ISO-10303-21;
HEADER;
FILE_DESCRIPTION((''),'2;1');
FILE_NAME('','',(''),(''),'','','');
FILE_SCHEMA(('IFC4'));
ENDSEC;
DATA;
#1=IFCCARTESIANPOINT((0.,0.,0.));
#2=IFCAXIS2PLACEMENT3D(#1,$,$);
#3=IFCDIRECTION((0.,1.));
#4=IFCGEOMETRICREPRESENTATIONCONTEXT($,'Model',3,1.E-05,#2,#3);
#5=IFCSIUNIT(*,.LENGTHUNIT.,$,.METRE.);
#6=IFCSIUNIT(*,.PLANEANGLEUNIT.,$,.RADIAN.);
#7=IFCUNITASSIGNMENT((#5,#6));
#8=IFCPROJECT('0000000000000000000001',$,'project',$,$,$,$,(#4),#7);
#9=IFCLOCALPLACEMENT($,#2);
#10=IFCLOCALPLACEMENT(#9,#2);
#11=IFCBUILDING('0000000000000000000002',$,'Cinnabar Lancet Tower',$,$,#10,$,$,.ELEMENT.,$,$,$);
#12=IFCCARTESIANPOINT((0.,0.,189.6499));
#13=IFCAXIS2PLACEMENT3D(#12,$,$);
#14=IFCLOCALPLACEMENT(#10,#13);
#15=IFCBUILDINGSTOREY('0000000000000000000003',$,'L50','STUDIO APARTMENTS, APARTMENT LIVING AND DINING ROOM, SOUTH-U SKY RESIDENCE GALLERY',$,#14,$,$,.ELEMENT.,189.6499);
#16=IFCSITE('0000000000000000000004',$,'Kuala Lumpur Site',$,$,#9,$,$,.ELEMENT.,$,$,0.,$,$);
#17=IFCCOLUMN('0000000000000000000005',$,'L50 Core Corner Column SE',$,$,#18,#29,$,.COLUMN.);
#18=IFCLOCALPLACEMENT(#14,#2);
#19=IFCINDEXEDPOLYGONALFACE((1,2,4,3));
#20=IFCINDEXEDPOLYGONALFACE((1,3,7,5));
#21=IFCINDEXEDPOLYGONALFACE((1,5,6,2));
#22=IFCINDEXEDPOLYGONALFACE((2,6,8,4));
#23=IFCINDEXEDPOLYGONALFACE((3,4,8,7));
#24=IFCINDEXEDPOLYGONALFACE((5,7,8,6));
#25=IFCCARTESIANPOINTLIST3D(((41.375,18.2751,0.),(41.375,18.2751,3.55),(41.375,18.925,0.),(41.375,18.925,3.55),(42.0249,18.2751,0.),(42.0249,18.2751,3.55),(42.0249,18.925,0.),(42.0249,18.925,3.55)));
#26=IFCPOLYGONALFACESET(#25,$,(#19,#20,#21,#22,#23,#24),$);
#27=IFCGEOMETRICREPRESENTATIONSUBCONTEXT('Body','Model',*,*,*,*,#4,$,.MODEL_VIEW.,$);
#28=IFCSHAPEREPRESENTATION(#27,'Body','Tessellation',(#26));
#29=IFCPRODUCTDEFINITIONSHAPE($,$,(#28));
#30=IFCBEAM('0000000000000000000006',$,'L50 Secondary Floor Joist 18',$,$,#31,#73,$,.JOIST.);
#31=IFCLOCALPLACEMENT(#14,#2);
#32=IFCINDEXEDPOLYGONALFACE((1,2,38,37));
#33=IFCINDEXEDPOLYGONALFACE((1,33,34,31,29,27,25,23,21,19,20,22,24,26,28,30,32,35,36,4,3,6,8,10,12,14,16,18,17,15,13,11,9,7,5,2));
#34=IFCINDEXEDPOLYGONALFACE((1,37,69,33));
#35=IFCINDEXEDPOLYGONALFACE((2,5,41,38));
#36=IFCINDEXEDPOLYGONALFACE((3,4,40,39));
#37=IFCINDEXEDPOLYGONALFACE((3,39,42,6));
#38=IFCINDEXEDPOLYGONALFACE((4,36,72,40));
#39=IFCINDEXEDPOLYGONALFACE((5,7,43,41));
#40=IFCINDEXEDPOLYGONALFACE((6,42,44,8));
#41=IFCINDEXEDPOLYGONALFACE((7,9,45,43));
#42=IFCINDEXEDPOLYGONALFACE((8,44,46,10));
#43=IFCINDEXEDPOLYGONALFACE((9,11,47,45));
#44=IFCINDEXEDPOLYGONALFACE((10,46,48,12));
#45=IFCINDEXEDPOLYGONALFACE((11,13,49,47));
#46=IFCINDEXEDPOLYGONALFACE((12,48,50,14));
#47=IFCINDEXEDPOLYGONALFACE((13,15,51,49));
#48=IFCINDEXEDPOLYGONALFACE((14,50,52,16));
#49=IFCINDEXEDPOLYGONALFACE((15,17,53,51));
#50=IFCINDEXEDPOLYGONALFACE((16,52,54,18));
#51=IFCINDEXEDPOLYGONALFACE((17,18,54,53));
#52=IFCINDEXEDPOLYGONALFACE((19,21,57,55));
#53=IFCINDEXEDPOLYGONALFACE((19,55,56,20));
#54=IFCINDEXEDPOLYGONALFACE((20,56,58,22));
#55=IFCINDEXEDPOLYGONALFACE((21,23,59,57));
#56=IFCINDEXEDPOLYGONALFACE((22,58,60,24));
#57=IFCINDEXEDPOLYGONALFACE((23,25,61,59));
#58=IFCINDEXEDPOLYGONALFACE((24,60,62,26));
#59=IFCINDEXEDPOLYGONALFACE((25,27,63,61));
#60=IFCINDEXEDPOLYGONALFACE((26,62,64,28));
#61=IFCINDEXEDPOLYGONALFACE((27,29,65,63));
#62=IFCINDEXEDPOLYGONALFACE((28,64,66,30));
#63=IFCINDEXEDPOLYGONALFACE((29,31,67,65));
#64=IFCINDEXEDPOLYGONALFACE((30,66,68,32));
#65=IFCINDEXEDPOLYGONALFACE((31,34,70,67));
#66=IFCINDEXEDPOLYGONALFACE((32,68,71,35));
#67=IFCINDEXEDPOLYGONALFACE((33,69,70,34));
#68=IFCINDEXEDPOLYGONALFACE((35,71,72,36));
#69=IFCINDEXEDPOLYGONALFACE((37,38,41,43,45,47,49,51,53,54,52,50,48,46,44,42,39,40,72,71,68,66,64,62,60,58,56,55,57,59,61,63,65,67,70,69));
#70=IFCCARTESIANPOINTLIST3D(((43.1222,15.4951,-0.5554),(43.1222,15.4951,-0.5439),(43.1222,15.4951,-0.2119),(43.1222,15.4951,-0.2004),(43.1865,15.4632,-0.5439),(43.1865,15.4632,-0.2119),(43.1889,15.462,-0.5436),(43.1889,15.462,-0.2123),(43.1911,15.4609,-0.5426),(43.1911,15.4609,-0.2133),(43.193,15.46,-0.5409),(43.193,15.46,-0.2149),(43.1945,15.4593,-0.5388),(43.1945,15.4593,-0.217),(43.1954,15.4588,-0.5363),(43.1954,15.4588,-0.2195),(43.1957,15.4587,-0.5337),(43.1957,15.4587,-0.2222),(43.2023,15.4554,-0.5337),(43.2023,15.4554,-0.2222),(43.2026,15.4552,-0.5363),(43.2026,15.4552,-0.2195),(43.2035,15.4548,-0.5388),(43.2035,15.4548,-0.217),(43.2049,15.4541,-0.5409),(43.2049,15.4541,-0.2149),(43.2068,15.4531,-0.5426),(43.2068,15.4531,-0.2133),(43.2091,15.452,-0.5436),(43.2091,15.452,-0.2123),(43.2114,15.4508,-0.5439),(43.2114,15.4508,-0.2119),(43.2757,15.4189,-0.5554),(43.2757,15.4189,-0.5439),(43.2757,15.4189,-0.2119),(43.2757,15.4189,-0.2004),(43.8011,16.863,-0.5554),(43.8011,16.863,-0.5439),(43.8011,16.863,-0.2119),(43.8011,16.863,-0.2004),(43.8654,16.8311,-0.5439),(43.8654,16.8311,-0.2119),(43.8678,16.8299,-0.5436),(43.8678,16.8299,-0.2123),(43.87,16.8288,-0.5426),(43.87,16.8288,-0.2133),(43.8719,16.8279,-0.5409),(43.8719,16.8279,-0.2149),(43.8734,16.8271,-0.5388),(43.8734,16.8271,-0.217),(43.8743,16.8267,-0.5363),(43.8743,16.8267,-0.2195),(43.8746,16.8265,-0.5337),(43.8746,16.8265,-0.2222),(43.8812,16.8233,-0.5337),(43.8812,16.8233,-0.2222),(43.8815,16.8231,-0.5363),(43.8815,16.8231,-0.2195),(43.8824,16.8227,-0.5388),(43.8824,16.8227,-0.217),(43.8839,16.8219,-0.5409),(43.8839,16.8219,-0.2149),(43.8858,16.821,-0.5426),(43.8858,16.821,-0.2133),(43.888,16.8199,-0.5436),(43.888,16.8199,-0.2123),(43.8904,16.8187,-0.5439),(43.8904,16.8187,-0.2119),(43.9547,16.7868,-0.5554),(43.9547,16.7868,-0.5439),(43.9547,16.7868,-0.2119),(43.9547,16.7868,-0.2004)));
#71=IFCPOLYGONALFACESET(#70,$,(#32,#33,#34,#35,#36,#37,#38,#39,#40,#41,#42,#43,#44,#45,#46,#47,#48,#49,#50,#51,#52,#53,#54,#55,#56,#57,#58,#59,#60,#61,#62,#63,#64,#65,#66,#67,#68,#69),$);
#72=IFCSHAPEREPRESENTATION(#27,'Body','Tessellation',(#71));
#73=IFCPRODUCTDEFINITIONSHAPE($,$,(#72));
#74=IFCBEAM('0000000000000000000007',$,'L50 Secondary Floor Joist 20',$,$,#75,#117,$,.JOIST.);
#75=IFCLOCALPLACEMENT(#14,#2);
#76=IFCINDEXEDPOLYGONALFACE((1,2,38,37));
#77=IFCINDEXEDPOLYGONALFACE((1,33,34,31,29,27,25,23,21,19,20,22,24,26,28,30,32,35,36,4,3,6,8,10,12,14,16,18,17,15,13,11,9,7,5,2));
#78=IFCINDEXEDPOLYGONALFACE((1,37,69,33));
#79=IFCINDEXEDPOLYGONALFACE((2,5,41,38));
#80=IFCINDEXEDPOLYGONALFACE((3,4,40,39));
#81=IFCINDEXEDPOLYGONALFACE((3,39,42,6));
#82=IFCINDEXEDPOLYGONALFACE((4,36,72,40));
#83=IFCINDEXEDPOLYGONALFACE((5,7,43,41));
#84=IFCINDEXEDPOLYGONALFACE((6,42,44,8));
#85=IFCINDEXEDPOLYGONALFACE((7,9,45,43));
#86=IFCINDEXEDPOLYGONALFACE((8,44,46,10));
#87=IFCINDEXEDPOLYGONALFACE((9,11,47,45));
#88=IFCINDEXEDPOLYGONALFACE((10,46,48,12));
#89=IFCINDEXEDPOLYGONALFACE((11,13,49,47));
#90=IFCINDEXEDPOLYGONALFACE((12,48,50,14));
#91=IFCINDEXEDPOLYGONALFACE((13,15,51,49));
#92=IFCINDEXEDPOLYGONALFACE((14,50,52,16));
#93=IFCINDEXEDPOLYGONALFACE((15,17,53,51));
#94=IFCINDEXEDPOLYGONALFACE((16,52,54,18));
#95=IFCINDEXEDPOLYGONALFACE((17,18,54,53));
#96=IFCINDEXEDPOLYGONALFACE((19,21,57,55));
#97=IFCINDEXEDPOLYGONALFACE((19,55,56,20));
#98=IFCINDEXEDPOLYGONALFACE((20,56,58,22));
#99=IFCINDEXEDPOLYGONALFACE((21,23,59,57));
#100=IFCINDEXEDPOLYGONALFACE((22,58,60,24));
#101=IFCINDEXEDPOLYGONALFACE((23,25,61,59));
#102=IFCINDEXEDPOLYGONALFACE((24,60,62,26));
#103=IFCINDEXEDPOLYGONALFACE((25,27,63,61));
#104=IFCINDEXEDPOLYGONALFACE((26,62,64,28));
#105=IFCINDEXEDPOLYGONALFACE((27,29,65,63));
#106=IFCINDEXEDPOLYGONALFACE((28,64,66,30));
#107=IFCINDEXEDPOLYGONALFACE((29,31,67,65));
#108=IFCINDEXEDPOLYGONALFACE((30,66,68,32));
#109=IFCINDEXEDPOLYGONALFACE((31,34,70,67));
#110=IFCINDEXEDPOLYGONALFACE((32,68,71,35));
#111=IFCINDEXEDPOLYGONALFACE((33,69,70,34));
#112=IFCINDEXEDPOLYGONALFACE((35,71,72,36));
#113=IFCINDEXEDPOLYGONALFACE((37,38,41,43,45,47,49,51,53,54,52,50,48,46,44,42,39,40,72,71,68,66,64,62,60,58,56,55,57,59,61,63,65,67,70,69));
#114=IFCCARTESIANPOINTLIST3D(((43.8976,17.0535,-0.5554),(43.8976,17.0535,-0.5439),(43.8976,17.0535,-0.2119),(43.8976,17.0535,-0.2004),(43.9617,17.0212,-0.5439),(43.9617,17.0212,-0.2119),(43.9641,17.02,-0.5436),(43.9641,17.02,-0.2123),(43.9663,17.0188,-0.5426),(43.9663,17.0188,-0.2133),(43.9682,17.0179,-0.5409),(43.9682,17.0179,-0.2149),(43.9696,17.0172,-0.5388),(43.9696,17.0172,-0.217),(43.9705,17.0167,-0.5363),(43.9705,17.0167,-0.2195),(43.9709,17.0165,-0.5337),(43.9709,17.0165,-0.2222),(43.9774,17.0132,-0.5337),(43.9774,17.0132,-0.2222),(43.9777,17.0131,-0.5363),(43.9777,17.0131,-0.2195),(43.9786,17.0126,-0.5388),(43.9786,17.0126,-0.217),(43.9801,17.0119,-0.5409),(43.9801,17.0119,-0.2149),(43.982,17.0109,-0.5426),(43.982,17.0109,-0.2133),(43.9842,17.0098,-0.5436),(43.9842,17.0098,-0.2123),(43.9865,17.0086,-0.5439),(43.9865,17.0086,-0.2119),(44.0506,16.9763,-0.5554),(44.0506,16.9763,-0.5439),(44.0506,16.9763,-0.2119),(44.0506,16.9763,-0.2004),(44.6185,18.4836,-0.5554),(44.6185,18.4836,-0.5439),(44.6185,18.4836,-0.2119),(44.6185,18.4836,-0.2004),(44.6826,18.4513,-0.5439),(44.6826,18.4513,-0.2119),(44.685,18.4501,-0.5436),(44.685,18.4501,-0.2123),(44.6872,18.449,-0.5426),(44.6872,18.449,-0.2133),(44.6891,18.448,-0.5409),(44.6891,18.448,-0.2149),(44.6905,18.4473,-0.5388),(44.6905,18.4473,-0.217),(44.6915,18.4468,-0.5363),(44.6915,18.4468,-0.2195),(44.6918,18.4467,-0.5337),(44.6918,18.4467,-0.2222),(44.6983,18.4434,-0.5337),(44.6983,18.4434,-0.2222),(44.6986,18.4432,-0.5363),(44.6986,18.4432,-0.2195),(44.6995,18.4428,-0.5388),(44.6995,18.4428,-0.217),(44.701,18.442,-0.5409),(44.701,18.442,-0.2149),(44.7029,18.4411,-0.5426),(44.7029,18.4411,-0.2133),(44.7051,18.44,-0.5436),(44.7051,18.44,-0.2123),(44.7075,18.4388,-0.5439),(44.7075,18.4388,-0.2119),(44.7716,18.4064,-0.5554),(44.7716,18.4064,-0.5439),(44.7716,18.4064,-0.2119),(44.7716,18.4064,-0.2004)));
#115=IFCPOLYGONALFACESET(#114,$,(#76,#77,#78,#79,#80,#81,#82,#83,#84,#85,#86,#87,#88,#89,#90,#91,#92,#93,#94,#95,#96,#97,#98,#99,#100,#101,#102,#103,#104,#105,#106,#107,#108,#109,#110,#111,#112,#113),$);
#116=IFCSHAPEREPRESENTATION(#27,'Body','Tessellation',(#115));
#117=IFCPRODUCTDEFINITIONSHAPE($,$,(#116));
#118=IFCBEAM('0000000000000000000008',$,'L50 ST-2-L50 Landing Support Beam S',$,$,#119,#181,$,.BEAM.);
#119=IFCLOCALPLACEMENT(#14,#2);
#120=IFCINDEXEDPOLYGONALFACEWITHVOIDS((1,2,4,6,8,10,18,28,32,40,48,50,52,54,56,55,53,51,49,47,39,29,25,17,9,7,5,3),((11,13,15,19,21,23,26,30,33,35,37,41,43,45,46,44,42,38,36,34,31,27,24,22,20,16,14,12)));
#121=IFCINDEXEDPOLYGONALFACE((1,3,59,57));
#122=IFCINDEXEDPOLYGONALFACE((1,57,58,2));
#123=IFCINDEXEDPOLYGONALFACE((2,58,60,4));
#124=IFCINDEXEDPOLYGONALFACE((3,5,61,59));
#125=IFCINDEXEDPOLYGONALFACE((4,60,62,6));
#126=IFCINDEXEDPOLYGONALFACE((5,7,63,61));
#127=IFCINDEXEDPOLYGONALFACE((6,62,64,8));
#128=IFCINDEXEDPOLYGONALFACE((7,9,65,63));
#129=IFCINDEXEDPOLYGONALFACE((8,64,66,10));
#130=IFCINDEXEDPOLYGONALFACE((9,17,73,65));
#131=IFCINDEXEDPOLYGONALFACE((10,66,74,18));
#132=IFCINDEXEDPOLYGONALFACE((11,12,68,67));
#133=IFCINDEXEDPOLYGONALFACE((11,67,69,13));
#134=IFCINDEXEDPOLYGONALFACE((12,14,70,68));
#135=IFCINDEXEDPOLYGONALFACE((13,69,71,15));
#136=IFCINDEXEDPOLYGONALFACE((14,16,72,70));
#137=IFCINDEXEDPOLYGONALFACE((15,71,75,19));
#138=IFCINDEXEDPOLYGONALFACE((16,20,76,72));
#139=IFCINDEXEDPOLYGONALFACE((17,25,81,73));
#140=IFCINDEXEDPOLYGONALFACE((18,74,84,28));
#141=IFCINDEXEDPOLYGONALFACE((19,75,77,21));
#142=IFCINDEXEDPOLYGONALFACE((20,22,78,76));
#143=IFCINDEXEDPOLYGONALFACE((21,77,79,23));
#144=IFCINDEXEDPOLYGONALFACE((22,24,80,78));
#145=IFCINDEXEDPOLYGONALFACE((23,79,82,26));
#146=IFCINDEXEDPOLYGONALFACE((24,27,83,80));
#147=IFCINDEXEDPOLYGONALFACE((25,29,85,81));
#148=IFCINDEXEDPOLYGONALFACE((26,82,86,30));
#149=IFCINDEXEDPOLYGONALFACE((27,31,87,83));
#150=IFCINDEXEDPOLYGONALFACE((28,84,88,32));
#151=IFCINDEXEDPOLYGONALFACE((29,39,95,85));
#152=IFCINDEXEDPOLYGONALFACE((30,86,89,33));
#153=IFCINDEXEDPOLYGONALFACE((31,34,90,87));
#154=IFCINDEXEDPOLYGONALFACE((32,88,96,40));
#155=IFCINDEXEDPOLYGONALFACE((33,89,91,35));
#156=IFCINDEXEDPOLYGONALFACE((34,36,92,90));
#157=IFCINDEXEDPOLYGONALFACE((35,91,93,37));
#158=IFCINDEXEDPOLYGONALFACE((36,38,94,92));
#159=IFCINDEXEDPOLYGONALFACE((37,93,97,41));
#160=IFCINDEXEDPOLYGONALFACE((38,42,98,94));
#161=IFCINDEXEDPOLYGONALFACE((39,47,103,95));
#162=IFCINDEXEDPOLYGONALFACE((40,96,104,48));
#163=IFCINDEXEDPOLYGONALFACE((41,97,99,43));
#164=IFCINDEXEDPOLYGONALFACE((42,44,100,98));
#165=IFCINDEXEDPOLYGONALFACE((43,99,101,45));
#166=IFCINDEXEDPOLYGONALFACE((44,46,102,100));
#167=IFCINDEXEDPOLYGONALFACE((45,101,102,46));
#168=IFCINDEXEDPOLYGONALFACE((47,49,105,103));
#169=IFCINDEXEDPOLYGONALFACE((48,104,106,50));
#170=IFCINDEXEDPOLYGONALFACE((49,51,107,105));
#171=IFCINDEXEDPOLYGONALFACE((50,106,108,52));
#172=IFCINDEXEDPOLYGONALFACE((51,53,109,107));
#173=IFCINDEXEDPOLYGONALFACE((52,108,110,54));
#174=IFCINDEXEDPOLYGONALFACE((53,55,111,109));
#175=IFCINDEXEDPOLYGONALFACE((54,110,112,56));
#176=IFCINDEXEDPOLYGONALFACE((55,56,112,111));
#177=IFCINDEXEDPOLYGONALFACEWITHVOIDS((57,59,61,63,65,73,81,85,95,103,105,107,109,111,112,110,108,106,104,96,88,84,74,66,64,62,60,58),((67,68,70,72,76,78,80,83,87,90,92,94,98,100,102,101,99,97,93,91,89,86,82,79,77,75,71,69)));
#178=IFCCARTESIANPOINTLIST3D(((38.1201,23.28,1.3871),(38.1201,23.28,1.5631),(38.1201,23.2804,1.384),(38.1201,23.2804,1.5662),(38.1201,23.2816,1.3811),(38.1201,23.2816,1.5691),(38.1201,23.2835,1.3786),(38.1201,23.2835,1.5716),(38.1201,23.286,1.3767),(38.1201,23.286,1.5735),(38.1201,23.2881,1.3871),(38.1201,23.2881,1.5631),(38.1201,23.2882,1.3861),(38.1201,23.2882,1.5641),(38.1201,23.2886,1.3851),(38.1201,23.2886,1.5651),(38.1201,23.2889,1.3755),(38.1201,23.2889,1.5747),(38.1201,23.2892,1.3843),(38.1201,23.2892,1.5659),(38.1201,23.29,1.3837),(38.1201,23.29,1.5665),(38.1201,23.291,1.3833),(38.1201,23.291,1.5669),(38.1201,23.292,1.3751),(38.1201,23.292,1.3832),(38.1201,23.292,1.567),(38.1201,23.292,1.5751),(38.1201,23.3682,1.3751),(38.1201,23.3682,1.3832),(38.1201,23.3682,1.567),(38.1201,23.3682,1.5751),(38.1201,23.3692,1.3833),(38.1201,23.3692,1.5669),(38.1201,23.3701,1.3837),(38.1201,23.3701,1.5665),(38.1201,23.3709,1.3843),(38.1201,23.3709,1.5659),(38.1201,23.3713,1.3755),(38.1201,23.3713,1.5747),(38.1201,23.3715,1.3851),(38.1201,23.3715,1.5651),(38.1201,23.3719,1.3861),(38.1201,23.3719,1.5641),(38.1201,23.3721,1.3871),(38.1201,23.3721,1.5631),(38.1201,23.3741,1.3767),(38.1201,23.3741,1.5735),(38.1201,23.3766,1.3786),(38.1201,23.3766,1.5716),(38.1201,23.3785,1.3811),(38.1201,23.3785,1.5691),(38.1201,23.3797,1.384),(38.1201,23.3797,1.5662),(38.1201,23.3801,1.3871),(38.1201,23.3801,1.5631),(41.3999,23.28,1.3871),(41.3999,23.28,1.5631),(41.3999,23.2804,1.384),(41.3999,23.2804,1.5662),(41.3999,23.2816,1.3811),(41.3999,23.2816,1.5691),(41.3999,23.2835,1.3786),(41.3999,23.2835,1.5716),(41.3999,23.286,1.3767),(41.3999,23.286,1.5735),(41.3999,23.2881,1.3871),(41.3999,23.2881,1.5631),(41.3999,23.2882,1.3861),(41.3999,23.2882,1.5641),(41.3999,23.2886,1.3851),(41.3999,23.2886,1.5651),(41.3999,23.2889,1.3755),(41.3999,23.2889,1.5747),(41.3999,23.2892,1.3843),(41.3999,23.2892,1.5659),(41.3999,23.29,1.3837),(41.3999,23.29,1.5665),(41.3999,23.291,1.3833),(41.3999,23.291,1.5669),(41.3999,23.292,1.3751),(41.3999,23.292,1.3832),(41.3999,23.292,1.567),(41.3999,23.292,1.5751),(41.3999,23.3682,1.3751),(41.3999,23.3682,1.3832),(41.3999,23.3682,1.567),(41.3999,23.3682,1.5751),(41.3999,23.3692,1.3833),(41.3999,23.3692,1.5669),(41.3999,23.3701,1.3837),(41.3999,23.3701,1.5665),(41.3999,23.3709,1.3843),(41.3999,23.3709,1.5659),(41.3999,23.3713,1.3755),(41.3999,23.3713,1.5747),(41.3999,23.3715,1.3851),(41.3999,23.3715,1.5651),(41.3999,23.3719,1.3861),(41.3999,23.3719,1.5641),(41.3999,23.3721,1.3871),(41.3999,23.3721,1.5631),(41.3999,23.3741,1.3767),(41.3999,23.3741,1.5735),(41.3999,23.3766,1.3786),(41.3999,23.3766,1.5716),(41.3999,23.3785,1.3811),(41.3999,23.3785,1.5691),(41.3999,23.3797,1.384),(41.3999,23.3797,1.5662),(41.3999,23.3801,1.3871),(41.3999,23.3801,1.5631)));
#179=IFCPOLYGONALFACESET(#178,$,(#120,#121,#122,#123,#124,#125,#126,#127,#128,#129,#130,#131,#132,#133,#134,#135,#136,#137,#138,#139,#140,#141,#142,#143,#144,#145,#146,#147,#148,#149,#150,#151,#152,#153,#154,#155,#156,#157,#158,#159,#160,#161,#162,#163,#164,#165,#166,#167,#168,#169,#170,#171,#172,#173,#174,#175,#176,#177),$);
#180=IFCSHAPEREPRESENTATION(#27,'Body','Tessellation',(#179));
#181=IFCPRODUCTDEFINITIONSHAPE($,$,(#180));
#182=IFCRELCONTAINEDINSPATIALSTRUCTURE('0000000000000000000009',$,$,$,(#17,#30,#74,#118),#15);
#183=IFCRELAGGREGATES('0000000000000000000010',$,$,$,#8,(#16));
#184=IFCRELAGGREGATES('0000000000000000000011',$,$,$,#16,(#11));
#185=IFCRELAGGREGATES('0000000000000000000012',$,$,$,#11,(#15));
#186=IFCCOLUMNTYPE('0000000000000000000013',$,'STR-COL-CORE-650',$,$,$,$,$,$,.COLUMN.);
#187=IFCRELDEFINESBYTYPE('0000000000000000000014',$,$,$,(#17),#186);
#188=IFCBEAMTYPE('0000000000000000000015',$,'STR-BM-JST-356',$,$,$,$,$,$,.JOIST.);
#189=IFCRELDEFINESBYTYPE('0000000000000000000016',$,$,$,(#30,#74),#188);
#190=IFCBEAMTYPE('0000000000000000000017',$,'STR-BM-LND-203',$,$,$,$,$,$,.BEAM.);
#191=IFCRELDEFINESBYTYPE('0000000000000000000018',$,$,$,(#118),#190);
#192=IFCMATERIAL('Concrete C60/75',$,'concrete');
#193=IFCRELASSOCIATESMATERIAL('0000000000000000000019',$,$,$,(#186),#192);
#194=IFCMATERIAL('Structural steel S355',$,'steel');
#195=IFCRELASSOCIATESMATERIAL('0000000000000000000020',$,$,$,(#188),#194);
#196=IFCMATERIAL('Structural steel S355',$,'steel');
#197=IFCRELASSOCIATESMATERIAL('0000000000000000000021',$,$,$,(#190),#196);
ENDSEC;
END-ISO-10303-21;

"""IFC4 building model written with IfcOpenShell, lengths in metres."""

from ifc_helpers import new_model, si_unit, direction, frame, origin, origin_2d, place, context, subcontext, project, spatial, rectangle, hollow_rectangle, i_section, extrude, material, material_profile, profile_set, type_object, element, save


model = new_model("IFC4")

# Units and contexts
model_context = context("Model", 3, precision=1e-05, world=origin(), true_north=direction((0.0, 1.0)))
body_context = subcontext(model_context, "Body", "Model", "MODEL_VIEW")
ifc_project = project(units=[si_unit("LENGTHUNIT", "METRE"), si_unit("PLANEANGLEUNIT", "RADIAN")], contexts=[model_context])

# Site, building, storey
site_placement = place(None, origin())
site = spatial("IfcSite", under=ifc_project, at=site_placement, Name="Kuala Lumpur Site", CompositionType="ELEMENT", RefElevation=0.0)
building_placement = place(site_placement, origin())
building = spatial("IfcBuilding", under=site, at=building_placement, Name="Cinnabar Lancet Tower", CompositionType="ELEMENT")
storey_placement = place(building_placement, frame((0.0, 0.0, 189.6499)))
storey = spatial("IfcBuildingStorey", under=building, at=storey_placement, Name="L50", Description="STUDIO APARTMENTS, APARTMENT LIVING AND DINING ROOM, SOUTH-U SKY RESIDENCE GALLERY", CompositionType="ELEMENT", Elevation=189.6499)

# Column
ifc_material_1 = material(Name="Concrete C60/75", Category="concrete")
ifc_material_profile_1 = material_profile(ifc_material_1, rectangle(XDim=0.6499, YDim=0.6499, at=origin_2d()), Name="RC-COL 650x650")
ifc_profile_set_1 = profile_set([ifc_material_profile_1], Name="Concrete C60/75")
column_type = type_object("IfcColumnType", Name="STR-COL-CORE-650", PredefinedType="COLUMN", material=ifc_profile_set_1)
column_placement = place(storey_placement, frame((41.7, 18.6001, 0.0), z_axis=(0.0, 0.0, 1.0), x_axis=(1.0, 0.0, 0.0)))
element("IfcColumn", 1, at=column_placement, inside=storey, type_object=column_type, Name="L50 Core Corner Column SE", PredefinedType="COLUMN", context=body_context, shape_type="SweptSolid", body=[
    extrude(rectangle(XDim=0.6499, YDim=0.6499, at=origin_2d()), origin(), (0.0, 0.0, 1.0), 3.55),
])

# Beams
ifc_material_2 = material(Name="Structural steel S355", Category="steel")
ifc_material_profile_2 = material_profile(ifc_material_2, i_section(OverallWidth=0.1714, OverallDepth=0.355, WebThickness=0.0073, FlangeThickness=0.0115, FilletRadius=0.0103, at=origin_2d()), Name="UKB 356x171x51")
ifc_profile_set_2 = profile_set([ifc_material_profile_2], Name="Structural steel S355")
beam_type_1 = type_object("IfcBeamType", Name="STR-BM-JST-356", PredefinedType="JOIST", material=ifc_profile_set_2)
beam_1_placement = place(storey_placement, frame((43.199, 15.457, -0.3779), z_axis=(0.44459, 0.895734, 0.0), x_axis=(-0.895734, 0.44459, 0.0)))
element("IfcBeam", 2, at=beam_1_placement, inside=storey, type_object=beam_type_1, Name="L50 Secondary Floor Joist 18", PredefinedType="JOIST", context=body_context, shape_type="SweptSolid", body=[
    extrude(i_section(OverallWidth=0.1714, OverallDepth=0.355, WebThickness=0.0073, FlangeThickness=0.0115, FilletRadius=0.0103, at=origin_2d()), origin(), (0.0, 0.0, 1.0), 1.5271),
])
beam_2_placement = place(storey_placement, frame((43.9741, 17.0149, -0.3779), z_axis=(0.450138, 0.892959, 0.0), x_axis=(-0.892959, 0.450138, 0.0)))
element("IfcBeam", 3, at=beam_2_placement, inside=storey, type_object=beam_type_1, Name="L50 Secondary Floor Joist 20", PredefinedType="JOIST", context=body_context, shape_type="SweptSolid", body=[
    extrude(i_section(OverallWidth=0.1714, OverallDepth=0.355, WebThickness=0.0073, FlangeThickness=0.0115, FilletRadius=0.0103, at=origin_2d()), origin(), (0.0, 0.0, 1.0), 1.6016),
])
ifc_material_3 = material(Name="Structural steel S355", Category="steel")
ifc_material_profile_3 = material_profile(ifc_material_3, hollow_rectangle(XDim=0.1001, YDim=0.2, WallThickness=0.0081, InnerFilletRadius=0.0039, OuterFilletRadius=0.012, at=origin_2d()), Name="RHS 200x100x8")
ifc_profile_set_3 = profile_set([ifc_material_profile_3], Name="Structural steel S355")
beam_type_2 = type_object("IfcBeamType", Name="STR-BM-LND-203", PredefinedType="BEAM", material=ifc_profile_set_3)
for number, where, z_axis, x_axis, name in (
    (4, (38.1201, 23.3301, 1.4751), (1.0, 0.0, 0.0), (0.0, 1.0, 0.0), "L50 ST-2-L50 Landing Support Beam S"),
):
    element("IfcBeam", number, at=place(storey_placement, frame(where, z_axis=z_axis, x_axis=x_axis)), inside=storey, type_object=beam_type_2, Name=name, PredefinedType="BEAM", context=body_context, shape_type="SweptSolid", body=[
        extrude(hollow_rectangle(XDim=0.1001, YDim=0.2, WallThickness=0.0081, InnerFilletRadius=0.0039, OuterFilletRadius=0.012, at=origin_2d()), origin(), (0.0, 0.0, 1.0), 3.2798),
    ])

save(model, "model.ifc")
